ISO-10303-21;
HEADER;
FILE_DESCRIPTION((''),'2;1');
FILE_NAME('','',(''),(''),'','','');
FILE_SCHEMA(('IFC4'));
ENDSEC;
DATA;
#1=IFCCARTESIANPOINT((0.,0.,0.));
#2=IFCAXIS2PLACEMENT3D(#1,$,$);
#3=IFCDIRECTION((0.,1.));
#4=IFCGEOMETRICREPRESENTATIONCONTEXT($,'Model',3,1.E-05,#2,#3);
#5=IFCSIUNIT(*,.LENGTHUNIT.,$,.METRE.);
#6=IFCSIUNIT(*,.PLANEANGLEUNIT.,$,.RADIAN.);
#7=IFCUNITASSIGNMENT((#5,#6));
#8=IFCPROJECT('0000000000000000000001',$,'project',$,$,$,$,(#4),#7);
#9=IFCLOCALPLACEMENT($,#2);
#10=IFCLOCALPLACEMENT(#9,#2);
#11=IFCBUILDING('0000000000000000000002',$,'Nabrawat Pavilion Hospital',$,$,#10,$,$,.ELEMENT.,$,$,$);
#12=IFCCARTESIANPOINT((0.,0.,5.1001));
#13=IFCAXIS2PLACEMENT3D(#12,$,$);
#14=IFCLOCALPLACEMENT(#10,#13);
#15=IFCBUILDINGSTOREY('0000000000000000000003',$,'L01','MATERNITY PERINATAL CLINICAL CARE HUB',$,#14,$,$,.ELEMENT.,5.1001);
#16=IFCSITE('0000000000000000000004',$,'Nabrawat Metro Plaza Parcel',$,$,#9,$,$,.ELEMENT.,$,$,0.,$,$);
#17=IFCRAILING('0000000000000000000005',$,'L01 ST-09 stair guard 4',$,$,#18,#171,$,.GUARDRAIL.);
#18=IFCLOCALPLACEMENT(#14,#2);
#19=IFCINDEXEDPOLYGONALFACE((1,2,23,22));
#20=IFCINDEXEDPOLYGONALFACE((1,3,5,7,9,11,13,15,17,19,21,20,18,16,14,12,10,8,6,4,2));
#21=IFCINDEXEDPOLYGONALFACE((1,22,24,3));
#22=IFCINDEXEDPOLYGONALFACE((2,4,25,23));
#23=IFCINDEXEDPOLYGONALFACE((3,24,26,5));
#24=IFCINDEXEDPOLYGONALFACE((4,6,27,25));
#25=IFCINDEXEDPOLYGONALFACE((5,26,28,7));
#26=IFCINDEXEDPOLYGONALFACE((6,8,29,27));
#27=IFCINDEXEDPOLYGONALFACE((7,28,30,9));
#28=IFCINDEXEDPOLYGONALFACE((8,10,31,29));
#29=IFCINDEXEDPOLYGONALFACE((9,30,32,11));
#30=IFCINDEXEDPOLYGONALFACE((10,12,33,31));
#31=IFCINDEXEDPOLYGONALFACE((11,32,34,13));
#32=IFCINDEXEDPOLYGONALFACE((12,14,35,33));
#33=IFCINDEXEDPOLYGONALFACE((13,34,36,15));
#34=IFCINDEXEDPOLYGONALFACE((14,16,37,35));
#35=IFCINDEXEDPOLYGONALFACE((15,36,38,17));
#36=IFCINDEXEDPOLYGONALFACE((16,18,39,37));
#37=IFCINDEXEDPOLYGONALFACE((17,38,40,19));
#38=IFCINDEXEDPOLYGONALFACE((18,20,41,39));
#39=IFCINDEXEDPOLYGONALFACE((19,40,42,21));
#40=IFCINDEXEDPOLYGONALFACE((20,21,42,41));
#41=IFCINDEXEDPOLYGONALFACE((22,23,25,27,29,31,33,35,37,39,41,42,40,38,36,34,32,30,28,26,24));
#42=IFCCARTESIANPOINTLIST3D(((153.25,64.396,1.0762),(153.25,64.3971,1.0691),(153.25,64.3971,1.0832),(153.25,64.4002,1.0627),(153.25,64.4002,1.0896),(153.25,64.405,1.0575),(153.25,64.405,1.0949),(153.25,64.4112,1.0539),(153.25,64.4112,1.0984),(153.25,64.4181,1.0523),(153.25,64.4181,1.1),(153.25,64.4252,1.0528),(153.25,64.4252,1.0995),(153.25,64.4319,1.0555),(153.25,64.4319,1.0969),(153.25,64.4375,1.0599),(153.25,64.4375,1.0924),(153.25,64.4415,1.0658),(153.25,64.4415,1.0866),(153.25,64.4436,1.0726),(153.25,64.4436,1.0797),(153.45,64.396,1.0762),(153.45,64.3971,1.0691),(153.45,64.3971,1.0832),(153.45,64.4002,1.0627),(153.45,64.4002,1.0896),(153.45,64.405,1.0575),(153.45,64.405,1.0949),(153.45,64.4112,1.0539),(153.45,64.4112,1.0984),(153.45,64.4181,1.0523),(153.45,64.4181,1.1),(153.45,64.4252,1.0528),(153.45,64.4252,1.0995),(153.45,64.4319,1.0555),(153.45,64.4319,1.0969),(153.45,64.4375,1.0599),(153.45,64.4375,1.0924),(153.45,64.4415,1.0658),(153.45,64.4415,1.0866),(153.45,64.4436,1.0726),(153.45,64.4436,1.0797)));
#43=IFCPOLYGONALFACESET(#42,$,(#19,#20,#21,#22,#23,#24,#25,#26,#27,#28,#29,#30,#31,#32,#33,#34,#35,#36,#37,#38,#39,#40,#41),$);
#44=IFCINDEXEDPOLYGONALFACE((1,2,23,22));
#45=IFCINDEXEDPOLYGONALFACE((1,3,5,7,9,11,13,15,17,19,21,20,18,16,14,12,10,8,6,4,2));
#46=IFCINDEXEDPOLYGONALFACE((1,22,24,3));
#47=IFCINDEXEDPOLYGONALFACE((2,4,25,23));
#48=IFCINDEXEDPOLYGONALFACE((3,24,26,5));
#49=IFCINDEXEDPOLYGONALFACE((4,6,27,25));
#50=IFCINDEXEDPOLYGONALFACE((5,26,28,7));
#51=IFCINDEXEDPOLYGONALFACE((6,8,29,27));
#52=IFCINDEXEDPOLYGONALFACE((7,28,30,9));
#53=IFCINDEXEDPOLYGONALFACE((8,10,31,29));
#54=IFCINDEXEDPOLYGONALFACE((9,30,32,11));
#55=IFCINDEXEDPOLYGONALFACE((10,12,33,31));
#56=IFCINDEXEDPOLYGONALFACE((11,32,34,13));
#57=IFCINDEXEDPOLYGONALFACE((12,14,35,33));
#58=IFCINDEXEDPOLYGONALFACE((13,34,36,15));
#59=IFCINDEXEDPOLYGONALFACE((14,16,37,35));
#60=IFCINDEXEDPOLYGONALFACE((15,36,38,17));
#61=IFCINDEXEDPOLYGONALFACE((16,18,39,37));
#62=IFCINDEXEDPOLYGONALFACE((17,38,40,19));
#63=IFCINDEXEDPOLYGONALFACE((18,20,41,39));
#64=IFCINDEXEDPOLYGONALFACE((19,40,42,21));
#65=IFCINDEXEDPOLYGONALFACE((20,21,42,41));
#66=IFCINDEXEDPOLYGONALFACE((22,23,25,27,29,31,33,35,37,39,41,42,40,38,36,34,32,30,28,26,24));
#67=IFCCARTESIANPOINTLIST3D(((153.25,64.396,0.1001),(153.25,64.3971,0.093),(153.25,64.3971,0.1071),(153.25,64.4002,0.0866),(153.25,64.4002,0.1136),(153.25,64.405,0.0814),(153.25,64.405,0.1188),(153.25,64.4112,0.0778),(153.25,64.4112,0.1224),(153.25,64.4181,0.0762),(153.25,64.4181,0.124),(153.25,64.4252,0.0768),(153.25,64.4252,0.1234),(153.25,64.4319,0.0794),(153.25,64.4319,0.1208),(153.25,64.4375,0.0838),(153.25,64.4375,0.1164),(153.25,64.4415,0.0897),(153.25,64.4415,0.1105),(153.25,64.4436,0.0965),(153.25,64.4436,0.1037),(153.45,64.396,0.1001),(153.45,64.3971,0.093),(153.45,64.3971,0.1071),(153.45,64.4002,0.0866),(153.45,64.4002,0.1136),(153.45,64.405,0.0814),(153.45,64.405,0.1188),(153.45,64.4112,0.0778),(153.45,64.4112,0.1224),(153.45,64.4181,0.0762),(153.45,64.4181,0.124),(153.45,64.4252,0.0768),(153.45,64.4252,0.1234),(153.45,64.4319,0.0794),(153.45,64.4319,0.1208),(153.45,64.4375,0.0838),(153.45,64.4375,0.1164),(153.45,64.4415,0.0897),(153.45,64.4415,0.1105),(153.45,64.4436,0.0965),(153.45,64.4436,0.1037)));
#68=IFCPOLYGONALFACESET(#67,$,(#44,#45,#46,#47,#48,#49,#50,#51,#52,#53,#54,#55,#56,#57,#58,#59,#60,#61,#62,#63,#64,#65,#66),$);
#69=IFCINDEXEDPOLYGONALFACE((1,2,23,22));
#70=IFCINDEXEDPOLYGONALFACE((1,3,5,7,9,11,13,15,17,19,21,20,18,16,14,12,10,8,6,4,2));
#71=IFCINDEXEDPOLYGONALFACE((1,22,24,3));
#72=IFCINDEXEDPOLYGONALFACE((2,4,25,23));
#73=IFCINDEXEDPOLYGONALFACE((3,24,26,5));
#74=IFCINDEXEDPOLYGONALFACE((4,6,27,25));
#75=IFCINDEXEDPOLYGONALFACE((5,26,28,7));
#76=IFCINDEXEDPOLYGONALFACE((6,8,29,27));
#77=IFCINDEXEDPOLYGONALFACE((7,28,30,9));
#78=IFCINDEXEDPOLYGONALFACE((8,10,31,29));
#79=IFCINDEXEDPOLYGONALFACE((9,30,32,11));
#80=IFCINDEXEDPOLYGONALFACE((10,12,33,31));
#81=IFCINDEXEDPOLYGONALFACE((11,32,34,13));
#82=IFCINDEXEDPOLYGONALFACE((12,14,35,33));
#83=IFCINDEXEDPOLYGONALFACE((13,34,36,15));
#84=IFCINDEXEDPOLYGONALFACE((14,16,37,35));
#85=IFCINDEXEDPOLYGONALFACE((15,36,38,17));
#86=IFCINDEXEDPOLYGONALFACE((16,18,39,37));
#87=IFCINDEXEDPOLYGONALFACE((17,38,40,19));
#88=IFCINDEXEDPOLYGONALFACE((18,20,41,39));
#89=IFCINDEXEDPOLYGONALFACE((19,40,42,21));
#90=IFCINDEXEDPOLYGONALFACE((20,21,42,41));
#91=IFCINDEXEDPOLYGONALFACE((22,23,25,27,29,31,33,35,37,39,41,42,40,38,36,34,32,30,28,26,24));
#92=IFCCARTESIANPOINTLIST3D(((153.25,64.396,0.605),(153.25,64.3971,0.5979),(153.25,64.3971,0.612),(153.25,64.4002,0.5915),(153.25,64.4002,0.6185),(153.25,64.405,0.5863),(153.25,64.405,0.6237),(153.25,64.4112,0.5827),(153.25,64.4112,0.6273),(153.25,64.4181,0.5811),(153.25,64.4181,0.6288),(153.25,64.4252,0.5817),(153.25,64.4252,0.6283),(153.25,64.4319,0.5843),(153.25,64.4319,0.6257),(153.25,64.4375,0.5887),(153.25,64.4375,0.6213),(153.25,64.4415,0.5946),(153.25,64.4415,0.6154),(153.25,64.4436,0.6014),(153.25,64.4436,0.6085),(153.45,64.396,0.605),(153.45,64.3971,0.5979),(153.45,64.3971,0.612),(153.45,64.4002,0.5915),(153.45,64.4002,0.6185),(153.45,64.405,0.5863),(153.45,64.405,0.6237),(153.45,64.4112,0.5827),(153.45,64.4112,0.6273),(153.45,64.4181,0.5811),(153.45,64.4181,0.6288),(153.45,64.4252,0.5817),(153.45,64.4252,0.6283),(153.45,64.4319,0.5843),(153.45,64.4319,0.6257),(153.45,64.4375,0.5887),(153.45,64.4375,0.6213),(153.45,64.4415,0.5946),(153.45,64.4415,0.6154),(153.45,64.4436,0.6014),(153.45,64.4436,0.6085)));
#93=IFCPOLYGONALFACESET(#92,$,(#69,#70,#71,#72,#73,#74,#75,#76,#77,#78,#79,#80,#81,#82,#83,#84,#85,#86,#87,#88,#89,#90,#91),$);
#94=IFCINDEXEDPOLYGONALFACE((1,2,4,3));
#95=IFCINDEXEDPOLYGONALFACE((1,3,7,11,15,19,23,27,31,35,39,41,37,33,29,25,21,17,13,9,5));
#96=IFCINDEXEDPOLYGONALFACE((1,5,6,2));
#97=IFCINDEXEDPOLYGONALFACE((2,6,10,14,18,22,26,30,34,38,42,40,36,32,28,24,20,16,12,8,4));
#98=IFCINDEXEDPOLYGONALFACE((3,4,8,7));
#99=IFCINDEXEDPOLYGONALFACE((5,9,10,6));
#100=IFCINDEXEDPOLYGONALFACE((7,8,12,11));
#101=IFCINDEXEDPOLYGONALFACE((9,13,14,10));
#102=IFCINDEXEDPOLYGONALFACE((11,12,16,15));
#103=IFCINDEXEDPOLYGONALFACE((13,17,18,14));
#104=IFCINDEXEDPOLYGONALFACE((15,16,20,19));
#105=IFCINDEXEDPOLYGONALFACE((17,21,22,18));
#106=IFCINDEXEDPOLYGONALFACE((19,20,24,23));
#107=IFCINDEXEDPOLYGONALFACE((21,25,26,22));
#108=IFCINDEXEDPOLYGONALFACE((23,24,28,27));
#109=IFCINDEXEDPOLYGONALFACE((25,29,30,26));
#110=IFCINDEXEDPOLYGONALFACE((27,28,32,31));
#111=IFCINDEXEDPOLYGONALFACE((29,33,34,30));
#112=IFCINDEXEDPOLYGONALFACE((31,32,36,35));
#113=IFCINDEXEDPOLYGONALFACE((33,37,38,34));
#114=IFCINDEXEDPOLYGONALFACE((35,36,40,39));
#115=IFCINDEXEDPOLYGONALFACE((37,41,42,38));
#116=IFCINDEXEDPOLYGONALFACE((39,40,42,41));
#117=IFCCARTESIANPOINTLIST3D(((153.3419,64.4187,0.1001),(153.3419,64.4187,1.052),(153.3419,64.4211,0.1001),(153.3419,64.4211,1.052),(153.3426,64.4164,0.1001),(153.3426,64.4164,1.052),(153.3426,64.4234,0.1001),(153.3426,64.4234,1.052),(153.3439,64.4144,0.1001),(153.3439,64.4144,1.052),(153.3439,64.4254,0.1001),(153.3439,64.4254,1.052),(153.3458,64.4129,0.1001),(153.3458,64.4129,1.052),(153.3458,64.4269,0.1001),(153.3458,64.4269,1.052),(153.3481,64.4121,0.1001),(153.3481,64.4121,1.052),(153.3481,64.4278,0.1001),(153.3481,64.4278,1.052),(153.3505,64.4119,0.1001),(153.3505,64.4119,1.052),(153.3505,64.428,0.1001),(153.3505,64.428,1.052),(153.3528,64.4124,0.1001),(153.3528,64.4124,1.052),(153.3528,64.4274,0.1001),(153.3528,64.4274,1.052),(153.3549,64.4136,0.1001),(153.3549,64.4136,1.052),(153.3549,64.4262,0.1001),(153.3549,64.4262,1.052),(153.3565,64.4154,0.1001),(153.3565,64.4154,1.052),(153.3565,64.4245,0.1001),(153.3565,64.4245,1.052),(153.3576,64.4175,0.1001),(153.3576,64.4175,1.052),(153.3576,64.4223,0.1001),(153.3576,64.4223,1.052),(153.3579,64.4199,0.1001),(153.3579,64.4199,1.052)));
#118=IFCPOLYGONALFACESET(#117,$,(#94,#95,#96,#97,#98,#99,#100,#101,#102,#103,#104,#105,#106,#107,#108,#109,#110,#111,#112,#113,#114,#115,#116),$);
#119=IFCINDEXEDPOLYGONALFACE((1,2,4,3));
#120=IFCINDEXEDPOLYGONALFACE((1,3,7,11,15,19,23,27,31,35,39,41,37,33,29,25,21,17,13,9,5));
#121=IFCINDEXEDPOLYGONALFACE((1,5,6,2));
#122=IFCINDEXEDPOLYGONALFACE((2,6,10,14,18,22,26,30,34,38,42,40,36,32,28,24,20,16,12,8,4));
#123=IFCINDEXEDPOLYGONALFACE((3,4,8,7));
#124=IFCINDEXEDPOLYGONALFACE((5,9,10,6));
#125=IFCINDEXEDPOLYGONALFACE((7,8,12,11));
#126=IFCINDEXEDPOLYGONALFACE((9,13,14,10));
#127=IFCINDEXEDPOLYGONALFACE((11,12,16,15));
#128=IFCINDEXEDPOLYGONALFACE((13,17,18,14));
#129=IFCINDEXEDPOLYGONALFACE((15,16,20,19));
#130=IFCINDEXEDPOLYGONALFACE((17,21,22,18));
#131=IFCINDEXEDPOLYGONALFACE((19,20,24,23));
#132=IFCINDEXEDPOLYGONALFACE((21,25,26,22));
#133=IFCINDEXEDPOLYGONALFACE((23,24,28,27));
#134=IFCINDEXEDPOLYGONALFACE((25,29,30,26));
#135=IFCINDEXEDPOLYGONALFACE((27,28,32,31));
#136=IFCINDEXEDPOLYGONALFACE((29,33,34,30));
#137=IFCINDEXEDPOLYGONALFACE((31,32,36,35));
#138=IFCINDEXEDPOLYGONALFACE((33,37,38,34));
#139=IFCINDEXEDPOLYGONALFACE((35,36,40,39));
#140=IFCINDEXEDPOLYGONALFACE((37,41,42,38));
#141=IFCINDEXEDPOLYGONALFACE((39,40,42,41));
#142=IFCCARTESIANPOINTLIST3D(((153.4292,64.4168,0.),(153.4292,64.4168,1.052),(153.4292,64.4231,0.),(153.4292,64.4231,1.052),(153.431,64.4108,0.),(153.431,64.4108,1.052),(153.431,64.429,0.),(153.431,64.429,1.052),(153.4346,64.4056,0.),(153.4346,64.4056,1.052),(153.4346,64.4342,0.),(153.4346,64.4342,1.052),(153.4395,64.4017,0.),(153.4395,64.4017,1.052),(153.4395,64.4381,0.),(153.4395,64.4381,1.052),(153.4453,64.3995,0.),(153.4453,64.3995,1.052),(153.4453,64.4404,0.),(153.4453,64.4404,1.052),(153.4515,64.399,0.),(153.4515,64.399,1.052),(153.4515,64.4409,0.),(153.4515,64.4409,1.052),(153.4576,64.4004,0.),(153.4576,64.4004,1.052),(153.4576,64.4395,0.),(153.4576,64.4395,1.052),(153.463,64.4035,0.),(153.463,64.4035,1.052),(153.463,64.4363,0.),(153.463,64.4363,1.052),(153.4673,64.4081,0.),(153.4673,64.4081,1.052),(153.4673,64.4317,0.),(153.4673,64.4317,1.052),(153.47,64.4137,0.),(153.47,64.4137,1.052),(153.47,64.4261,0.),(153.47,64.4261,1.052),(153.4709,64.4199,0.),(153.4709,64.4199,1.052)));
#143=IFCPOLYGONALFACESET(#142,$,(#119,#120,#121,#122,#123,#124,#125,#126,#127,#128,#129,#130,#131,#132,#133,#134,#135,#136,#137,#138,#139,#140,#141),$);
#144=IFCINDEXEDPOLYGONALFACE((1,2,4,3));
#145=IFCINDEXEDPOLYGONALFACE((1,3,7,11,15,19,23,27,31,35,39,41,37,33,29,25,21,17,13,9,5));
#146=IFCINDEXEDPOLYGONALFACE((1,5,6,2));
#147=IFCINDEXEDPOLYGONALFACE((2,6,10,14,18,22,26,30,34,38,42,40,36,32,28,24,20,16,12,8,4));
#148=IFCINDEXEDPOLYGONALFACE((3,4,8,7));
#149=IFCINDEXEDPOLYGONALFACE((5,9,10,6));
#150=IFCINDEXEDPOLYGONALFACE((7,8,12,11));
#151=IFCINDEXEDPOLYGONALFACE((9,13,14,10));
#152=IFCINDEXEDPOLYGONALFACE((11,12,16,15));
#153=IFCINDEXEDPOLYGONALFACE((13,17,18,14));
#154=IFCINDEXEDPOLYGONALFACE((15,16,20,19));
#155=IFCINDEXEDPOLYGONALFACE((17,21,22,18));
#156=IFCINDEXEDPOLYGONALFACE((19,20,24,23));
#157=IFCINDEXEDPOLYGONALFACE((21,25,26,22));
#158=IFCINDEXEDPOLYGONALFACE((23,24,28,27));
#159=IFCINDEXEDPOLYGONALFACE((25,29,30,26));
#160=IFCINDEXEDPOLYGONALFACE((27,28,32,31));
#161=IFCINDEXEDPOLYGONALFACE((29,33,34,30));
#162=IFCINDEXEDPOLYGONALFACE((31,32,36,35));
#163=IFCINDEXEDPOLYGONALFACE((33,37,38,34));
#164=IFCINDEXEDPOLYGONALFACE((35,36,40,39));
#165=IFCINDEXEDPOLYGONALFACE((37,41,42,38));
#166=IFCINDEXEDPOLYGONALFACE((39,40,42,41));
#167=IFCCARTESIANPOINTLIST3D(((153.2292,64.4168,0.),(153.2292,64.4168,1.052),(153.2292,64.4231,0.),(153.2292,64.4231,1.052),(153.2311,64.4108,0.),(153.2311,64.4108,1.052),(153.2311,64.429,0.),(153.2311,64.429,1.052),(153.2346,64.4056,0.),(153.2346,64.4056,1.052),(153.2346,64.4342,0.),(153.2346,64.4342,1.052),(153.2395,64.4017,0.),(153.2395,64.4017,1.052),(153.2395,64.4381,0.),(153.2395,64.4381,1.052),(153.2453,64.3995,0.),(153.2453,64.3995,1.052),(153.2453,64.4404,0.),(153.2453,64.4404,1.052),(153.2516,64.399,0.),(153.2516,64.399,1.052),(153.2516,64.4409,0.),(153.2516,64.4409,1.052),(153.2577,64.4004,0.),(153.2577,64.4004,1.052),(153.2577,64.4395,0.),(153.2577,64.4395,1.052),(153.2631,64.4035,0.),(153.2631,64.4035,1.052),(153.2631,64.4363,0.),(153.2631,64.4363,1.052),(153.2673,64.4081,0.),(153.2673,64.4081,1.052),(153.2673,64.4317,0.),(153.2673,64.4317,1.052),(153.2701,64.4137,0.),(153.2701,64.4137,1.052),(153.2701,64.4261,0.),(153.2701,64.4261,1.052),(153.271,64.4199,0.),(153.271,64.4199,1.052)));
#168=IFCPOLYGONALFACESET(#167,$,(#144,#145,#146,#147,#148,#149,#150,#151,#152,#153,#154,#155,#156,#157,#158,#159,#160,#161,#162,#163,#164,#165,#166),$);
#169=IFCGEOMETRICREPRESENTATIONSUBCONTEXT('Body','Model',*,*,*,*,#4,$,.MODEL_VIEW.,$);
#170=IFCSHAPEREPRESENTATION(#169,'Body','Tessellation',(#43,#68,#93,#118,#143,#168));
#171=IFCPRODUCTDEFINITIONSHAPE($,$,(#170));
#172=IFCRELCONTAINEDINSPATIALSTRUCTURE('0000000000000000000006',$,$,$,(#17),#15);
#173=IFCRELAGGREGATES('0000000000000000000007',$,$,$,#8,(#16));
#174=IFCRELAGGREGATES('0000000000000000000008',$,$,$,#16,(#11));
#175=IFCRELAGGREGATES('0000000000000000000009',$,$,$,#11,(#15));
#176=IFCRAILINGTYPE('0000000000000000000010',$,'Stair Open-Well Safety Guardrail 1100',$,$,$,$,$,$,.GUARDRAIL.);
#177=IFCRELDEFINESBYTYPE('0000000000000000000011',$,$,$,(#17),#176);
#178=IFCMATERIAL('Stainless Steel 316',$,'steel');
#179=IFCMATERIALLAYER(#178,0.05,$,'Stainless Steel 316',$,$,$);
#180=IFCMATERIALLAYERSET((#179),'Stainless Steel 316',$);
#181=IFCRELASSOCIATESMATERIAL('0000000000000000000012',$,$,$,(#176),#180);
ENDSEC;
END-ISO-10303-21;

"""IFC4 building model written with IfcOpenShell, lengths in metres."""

from ifc_helpers import new_model, si_unit, direction, frame, origin, origin_2d, place, context, subcontext, project, spatial, circle, extrude, material, layer, layer_set, type_object, element, save


model = new_model("IFC4")

# Units and contexts
model_context = context("Model", 3, precision=1e-05, world=origin(), true_north=direction((0.0, 1.0)))
body_context = subcontext(model_context, "Body", "Model", "MODEL_VIEW")
ifc_project = project(units=[si_unit("LENGTHUNIT", "METRE"), si_unit("PLANEANGLEUNIT", "RADIAN")], contexts=[model_context])

# Site, building, storey
site_placement = place(None, origin())
site = spatial("IfcSite", under=ifc_project, at=site_placement, Name="Nabrawat Metro Plaza Parcel", CompositionType="ELEMENT", RefElevation=0.0)
building_placement = place(site_placement, origin())
building = spatial("IfcBuilding", under=site, at=building_placement, Name="Nabrawat Pavilion Hospital", CompositionType="ELEMENT")
storey_placement = place(building_placement, frame((0.0, 0.0, 5.1001)))
storey = spatial("IfcBuildingStorey", under=building, at=storey_placement, Name="L01", Description="MATERNITY PERINATAL CLINICAL CARE HUB", CompositionType="ELEMENT", Elevation=5.1001)

# Railing
ifc_material_1 = material(Name="Stainless Steel 316", Category="steel")
ifc_layer_1 = layer(ifc_material_1, 0.05, Name="Stainless Steel 316")
ifc_layer_set_1 = layer_set([ifc_layer_1], Name="Stainless Steel 316")
railing_type_1 = type_object("IfcRailingType", Name="Stair Open-Well Safety Guardrail 1100", PredefinedType="GUARDRAIL", material=ifc_layer_set_1)
railing_1_placement = place(storey_placement, frame((153.45, 64.4199, 0.0)))
element("IfcRailing", 1, at=railing_1_placement, inside=storey, type_object=railing_type_1, Name="L01 ST-09 stair guard 4", PredefinedType="GUARDRAIL", context=body_context, shape_type="SweptSolid", body=[
    extrude(circle(Radius=0.0239, at=origin_2d()), frame((0.0, 0.0, 1.0762), z_axis=(-1.0, 0.0, 0.0), x_axis=(0.0, -1.0, 0.0)), (0.0, 0.0, 1.0), 0.2),
    extrude(circle(Radius=0.0239, at=origin_2d()), frame((0.0, 0.0, 0.1001), z_axis=(-1.0, 0.0, 0.0), x_axis=(0.0, -1.0, 0.0)), (0.0, 0.0, 1.0), 0.2),
    extrude(circle(Radius=0.0239, at=origin_2d()), frame((0.0, 0.0, 0.605), z_axis=(-1.0, 0.0, 0.0), x_axis=(0.0, -1.0, 0.0)), (0.0, 0.0, 1.0), 0.2),
    extrude(circle(Radius=0.0081, at=origin_2d()), frame((-0.1001, 0.0, 0.1001)), (0.0, 0.0, 1.0), 0.9519),
    extrude(circle(Radius=0.021, at=origin_2d()), origin(), (0.0, 0.0, 1.0), 1.052),
    extrude(circle(Radius=0.021, at=origin_2d()), frame((-0.2, 0.0, 0.0)), (0.0, 0.0, 1.0), 1.052),
])

save(model, "model.ifc")
